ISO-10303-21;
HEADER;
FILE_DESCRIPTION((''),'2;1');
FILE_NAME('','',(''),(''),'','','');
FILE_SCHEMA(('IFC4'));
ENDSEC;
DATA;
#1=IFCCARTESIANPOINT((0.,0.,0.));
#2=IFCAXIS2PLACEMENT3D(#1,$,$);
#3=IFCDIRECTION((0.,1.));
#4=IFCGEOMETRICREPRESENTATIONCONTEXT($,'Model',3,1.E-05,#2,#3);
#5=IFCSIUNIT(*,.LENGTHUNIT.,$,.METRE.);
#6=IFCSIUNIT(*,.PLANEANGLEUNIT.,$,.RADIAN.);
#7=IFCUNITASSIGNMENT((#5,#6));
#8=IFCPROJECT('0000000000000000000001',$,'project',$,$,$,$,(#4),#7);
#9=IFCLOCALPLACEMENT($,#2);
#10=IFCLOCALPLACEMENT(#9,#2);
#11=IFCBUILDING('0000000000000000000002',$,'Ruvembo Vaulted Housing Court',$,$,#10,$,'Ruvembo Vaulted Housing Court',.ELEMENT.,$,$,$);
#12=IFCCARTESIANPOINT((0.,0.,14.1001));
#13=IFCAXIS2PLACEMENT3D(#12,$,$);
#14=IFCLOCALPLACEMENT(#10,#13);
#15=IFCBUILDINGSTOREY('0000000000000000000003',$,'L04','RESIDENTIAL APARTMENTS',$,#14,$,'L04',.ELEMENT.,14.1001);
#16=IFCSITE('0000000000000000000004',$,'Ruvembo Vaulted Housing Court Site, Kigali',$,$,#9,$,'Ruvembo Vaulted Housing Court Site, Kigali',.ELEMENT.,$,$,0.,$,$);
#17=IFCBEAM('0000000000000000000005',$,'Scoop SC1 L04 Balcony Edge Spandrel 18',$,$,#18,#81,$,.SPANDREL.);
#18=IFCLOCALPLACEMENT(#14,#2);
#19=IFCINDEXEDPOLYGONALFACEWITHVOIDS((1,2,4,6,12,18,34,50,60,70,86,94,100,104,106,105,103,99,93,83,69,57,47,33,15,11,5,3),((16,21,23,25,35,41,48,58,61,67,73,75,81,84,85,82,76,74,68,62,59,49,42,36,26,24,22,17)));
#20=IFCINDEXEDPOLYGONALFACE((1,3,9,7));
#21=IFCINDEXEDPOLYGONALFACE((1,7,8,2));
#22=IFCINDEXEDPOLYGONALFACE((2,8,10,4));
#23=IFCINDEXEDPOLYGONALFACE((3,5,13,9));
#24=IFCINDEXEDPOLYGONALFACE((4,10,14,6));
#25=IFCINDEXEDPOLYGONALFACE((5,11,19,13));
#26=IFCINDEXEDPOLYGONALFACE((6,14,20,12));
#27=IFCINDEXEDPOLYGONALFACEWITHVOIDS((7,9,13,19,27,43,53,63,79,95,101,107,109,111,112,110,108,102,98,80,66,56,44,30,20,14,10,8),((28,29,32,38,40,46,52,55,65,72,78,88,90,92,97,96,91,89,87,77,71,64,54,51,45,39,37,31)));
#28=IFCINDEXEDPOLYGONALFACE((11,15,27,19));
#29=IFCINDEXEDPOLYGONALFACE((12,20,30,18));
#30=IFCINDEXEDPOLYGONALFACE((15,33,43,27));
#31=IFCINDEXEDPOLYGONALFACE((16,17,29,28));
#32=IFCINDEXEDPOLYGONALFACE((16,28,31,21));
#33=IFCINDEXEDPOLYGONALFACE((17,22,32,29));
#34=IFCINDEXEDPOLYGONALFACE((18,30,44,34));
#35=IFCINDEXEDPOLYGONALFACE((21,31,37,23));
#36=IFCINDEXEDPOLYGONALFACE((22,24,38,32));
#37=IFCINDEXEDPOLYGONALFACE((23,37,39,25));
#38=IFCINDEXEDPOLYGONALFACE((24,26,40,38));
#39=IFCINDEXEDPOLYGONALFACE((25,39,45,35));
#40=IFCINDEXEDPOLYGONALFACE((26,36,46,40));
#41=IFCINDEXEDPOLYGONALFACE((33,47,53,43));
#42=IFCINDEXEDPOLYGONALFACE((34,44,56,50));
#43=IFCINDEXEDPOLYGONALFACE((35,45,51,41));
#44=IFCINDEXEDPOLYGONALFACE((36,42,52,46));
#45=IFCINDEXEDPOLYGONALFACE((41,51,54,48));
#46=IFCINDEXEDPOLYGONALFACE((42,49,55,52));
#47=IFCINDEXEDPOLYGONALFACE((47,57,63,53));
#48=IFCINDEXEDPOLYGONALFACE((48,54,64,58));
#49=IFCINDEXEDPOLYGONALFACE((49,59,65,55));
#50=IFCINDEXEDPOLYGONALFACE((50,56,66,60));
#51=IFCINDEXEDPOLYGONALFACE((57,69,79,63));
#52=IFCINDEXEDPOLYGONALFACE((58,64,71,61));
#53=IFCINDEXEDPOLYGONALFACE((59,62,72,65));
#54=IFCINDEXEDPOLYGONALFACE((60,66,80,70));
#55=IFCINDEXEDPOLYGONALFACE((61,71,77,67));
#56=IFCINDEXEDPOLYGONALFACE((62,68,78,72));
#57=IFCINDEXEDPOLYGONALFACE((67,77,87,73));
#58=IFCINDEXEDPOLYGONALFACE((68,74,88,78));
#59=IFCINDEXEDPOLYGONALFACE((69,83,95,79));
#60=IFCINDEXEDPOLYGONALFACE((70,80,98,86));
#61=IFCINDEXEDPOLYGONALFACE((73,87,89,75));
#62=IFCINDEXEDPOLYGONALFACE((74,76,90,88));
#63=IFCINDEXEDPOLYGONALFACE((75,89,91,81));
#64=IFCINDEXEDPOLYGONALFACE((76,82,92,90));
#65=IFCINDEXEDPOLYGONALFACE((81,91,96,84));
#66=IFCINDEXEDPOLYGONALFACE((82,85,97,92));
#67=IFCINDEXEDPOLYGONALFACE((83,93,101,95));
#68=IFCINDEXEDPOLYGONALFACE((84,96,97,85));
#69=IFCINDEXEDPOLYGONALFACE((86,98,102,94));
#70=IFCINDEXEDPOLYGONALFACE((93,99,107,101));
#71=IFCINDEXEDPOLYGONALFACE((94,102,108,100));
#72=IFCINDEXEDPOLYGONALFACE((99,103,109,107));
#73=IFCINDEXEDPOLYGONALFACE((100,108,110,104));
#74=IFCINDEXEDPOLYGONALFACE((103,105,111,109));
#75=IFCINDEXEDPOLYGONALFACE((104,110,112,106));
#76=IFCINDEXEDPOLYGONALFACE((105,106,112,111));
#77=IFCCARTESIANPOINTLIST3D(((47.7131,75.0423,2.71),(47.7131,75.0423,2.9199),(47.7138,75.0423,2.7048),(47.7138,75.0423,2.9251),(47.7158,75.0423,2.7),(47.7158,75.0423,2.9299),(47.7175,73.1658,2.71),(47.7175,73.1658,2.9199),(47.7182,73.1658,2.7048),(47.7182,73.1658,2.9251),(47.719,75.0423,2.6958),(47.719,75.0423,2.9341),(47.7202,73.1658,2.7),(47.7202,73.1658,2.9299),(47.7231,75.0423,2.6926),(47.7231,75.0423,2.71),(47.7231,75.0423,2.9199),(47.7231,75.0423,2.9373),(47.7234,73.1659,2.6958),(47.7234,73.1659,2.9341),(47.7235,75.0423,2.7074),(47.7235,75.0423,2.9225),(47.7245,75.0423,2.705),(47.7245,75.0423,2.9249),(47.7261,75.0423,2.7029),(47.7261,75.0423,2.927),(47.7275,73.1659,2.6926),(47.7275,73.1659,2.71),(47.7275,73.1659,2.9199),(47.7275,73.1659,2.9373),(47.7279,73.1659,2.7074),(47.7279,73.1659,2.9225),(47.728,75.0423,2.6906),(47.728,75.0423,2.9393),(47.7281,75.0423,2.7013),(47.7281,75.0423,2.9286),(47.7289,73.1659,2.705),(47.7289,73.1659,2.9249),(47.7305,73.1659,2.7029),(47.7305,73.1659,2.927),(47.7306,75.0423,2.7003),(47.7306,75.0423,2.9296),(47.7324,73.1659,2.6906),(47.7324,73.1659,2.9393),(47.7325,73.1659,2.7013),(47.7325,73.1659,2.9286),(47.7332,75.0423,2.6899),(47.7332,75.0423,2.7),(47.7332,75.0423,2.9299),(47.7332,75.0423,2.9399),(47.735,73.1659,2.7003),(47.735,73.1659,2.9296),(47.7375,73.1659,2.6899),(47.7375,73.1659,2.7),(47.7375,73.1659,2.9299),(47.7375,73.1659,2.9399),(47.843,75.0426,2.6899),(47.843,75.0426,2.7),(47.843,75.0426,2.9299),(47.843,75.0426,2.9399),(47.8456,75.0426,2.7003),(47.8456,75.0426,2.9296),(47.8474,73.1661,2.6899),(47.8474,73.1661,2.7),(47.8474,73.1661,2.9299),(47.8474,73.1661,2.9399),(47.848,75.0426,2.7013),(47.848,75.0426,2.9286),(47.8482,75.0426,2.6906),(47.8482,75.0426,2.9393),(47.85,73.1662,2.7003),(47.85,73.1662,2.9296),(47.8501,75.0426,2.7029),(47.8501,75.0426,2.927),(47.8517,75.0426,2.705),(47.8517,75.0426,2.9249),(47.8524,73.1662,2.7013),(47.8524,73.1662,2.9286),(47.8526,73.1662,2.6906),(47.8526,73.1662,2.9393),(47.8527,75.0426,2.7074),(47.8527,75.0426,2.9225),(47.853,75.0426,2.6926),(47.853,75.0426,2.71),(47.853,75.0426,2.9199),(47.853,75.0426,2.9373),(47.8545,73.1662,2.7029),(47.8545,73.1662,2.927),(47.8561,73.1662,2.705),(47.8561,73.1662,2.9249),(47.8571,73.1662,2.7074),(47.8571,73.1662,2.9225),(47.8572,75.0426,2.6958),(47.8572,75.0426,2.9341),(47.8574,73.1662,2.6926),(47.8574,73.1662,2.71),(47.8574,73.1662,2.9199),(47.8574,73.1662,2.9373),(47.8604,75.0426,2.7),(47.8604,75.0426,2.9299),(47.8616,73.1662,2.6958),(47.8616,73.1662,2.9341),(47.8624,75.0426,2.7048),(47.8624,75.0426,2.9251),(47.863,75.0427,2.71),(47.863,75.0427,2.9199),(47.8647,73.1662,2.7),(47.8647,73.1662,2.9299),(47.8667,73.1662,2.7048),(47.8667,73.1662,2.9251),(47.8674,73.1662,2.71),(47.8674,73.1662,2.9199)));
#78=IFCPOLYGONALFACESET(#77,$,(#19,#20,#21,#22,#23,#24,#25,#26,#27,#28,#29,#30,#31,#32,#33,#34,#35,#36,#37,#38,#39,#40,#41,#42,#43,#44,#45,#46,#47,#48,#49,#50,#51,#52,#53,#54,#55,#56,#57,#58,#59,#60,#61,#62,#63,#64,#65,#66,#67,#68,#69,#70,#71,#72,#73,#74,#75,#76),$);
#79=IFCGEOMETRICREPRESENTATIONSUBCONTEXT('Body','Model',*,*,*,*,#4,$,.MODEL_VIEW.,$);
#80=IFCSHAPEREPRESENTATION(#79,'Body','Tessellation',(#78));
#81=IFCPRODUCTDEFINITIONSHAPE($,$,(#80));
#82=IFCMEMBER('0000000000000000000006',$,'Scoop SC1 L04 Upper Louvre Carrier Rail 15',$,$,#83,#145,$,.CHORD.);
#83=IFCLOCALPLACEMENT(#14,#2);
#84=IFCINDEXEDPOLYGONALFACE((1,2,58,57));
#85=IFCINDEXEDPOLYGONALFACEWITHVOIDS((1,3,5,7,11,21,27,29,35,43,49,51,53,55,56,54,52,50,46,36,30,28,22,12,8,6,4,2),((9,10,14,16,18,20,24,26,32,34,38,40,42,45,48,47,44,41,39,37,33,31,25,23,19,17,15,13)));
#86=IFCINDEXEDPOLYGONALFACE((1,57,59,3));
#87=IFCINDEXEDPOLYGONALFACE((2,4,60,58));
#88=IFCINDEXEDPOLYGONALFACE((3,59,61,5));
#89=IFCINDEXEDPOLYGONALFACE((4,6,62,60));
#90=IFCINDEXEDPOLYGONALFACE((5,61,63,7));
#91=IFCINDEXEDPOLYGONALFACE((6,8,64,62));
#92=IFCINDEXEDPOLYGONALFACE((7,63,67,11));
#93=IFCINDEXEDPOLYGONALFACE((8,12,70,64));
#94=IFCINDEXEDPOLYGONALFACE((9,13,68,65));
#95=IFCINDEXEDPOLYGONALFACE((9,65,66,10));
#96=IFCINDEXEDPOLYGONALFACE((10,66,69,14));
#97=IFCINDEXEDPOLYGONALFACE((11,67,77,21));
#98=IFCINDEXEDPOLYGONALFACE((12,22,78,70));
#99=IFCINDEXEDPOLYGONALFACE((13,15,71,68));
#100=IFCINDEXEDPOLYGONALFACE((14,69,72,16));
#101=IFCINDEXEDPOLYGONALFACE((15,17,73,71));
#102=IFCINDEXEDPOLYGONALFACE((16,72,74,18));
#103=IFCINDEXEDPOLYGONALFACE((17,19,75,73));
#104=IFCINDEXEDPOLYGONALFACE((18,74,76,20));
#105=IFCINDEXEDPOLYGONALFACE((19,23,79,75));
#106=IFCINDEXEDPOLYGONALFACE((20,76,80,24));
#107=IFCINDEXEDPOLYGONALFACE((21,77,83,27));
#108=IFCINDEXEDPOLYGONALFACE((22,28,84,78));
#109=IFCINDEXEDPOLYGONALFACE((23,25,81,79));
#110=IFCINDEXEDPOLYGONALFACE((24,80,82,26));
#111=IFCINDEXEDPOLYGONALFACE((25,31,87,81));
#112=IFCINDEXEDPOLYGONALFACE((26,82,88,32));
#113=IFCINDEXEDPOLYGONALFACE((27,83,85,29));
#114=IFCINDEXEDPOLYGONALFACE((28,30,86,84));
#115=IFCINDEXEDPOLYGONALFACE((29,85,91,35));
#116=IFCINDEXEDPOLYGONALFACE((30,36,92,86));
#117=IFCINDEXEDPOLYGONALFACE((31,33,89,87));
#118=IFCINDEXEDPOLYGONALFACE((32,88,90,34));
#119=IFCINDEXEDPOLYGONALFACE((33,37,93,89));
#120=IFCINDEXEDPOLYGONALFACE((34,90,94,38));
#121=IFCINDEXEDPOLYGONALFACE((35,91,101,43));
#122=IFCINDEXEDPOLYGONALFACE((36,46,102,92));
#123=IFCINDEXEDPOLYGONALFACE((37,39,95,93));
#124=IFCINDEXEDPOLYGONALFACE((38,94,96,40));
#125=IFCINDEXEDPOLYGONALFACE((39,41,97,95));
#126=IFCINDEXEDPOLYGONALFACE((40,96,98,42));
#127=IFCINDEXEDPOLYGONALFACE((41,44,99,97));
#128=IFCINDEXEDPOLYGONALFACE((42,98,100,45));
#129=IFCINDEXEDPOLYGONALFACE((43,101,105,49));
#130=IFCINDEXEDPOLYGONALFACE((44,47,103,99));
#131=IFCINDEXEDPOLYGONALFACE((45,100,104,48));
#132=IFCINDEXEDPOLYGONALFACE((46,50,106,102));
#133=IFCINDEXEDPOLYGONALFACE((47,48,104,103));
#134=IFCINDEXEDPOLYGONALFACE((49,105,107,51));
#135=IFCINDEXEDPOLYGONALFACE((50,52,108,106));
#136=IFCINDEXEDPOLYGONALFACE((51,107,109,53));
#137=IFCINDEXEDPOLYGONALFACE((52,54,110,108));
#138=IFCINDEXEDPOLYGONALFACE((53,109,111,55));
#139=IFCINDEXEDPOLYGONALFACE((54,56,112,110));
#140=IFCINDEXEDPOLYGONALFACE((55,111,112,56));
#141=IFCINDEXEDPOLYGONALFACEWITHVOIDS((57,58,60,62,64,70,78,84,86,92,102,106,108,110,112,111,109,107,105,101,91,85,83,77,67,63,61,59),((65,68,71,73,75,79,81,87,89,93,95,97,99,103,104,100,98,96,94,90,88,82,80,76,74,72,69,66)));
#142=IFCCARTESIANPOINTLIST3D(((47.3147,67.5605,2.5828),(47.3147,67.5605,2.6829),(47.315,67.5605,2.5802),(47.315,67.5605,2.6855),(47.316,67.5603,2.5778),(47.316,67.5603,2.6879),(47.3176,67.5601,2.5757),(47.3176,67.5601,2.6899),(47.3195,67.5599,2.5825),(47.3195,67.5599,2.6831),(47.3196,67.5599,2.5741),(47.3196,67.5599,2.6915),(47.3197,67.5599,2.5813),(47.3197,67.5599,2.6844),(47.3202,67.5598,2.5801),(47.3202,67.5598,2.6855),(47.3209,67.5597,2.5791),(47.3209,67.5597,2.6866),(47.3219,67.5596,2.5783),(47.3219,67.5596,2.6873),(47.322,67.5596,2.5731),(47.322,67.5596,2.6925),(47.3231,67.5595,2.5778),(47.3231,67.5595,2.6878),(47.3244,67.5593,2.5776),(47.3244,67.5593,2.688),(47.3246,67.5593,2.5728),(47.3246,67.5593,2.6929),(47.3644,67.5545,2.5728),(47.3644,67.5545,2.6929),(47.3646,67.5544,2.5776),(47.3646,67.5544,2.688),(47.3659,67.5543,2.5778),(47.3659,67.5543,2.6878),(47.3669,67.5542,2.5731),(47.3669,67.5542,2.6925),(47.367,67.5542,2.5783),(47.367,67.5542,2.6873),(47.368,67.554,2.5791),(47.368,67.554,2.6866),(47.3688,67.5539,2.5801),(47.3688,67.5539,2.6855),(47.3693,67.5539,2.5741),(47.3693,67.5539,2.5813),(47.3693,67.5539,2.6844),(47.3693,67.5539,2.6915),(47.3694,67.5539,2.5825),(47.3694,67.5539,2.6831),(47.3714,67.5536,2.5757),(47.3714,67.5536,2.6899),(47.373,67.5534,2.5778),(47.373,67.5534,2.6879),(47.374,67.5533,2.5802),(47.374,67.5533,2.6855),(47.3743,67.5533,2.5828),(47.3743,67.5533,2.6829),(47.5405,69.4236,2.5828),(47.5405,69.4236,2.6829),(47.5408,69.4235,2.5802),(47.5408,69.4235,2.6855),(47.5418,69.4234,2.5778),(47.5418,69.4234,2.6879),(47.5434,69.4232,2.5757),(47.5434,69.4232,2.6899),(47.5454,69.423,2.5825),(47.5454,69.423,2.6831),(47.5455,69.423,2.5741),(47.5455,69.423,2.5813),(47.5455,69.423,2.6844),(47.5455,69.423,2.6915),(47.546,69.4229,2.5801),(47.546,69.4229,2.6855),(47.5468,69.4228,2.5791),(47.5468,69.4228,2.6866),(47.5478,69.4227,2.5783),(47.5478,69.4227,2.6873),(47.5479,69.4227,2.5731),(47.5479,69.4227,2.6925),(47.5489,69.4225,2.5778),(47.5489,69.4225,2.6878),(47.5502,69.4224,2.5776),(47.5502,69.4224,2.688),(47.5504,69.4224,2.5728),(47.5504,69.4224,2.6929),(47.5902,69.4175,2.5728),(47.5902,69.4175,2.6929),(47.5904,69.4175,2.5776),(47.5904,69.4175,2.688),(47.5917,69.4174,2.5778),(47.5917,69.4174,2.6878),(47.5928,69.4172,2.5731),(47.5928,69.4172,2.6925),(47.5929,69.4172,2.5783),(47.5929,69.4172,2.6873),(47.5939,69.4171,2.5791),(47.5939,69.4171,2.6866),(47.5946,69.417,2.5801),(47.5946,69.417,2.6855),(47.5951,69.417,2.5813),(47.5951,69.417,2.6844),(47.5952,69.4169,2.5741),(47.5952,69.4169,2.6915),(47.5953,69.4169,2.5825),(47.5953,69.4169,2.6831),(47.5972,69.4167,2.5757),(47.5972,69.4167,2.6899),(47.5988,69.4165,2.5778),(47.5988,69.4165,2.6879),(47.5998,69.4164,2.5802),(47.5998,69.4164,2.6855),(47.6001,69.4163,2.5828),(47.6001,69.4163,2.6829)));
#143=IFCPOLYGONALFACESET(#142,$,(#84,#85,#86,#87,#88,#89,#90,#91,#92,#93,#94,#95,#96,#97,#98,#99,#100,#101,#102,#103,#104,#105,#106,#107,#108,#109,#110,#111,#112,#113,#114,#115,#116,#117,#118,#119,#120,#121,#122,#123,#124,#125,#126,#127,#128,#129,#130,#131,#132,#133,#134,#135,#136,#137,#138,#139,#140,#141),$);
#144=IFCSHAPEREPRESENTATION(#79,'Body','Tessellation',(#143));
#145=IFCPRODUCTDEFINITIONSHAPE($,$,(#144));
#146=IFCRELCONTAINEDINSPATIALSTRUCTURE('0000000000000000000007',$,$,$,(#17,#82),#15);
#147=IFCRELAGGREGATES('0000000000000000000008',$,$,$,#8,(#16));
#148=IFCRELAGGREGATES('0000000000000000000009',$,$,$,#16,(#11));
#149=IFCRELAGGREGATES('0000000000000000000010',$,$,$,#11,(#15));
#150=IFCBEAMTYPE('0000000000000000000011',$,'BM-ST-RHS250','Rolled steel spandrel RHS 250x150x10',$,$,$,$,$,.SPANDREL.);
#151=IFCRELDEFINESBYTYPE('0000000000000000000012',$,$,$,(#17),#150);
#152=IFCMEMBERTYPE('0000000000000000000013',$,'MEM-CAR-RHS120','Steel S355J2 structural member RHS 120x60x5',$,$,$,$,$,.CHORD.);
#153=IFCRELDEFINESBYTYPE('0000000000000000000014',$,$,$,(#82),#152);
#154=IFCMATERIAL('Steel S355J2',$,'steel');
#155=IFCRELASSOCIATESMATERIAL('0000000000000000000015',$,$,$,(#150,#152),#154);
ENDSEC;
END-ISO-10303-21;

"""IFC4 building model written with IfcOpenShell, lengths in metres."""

from ifc_helpers import new_model, si_unit, direction, frame, origin, origin_2d, place, context, subcontext, project, spatial, hollow_rectangle, extrude, material, material_profile, profile_set, type_object, element, save


model = new_model("IFC4")

# Units and contexts
model_context = context("Model", 3, precision=1e-05, world=origin(), true_north=direction((0.0, 1.0)))
body_context = subcontext(model_context, "Body", "Model", "MODEL_VIEW")
ifc_project = project(units=[si_unit("LENGTHUNIT", "METRE"), si_unit("PLANEANGLEUNIT", "RADIAN")], contexts=[model_context])

# Site, building, storey
site_placement = place(None, origin())
site = spatial("IfcSite", under=ifc_project, at=site_placement, Name="Ruvembo Vaulted Housing Court Site, Kigali", LongName="Ruvembo Vaulted Housing Court Site, Kigali", CompositionType="ELEMENT", RefElevation=0.0)
building_placement = place(site_placement, origin())
building = spatial("IfcBuilding", under=site, at=building_placement, Name="Ruvembo Vaulted Housing Court", LongName="Ruvembo Vaulted Housing Court", CompositionType="ELEMENT")
storey_placement = place(building_placement, frame((0.0, 0.0, 14.1001)))
storey = spatial("IfcBuildingStorey", under=building, at=storey_placement, Name="L04", Description="RESIDENTIAL APARTMENTS", LongName="L04", CompositionType="ELEMENT", Elevation=14.1001)

# Beam
ifc_material_1 = material(Name="Steel S355J2", Category="steel")
ifc_material_profile_1 = material_profile(ifc_material_1, hollow_rectangle(XDim=0.1499, YDim=0.25, WallThickness=0.01, InnerFilletRadius=0.01, OuterFilletRadius=0.02, at=origin_2d()), Name="RHS 250x150x10")
ifc_profile_set_1 = profile_set([ifc_material_profile_1], Name="Steel S355J2")
beam_type = type_object("IfcBeamType", Name="BM-ST-RHS250", Description="Rolled steel spandrel RHS 250x150x10", PredefinedType="SPANDREL", material=ifc_profile_set_1)
beam_placement = place(storey_placement, frame((47.7925, 73.166, 2.8149), z_axis=(-0.002342, 0.999997, 0.0), x_axis=(-0.999997, -0.002342, 0.0)))
element("IfcBeam", 1, at=beam_placement, inside=storey, type_object=beam_type, Name="Scoop SC1 L04 Balcony Edge Spandrel 18", PredefinedType="SPANDREL", context=body_context, shape_type="SweptSolid", body=[
    extrude(hollow_rectangle(XDim=0.1499, YDim=0.25, WallThickness=0.01, InnerFilletRadius=0.01, OuterFilletRadius=0.02, at=origin_2d()), origin(), (0.0, 0.0, 1.0), 1.8765),
])

# Member
ifc_material_profile_2 = material_profile(ifc_material_1, hollow_rectangle(XDim=0.0601, YDim=0.1201, WallThickness=0.0049, InnerFilletRadius=0.0049, OuterFilletRadius=0.01, at=origin_2d()), Name="RHS 120x60x5")
ifc_profile_set_2 = profile_set([ifc_material_profile_2], Name="Steel S355J2")
member_type_1 = type_object("IfcMemberType", Name="MEM-CAR-RHS120", Description="Steel S355J2 structural member RHS 120x60x5", PredefinedType="CHORD", material=ifc_profile_set_2)
for number, where, z_axis, x_axis, name in (
    (2, (47.3445, 67.5569, 2.6328), (0.120335, 0.992733, 0.0), (-0.992733, 0.120335, 0.0), "Scoop SC1 L04 Upper Louvre Carrier Rail 15"),
):
    element("IfcMember", number, at=place(storey_placement, frame(where, z_axis=z_axis, x_axis=x_axis)), inside=storey, type_object=member_type_1, Name=name, PredefinedType="CHORD", context=body_context, shape_type="SweptSolid", body=[
        extrude(hollow_rectangle(XDim=0.0601, YDim=0.1201, WallThickness=0.0049, InnerFilletRadius=0.0049, OuterFilletRadius=0.01, at=origin_2d()), origin(), (0.0, 0.0, 1.0), 1.8767),
    ])

save(model, "model.ifc")
